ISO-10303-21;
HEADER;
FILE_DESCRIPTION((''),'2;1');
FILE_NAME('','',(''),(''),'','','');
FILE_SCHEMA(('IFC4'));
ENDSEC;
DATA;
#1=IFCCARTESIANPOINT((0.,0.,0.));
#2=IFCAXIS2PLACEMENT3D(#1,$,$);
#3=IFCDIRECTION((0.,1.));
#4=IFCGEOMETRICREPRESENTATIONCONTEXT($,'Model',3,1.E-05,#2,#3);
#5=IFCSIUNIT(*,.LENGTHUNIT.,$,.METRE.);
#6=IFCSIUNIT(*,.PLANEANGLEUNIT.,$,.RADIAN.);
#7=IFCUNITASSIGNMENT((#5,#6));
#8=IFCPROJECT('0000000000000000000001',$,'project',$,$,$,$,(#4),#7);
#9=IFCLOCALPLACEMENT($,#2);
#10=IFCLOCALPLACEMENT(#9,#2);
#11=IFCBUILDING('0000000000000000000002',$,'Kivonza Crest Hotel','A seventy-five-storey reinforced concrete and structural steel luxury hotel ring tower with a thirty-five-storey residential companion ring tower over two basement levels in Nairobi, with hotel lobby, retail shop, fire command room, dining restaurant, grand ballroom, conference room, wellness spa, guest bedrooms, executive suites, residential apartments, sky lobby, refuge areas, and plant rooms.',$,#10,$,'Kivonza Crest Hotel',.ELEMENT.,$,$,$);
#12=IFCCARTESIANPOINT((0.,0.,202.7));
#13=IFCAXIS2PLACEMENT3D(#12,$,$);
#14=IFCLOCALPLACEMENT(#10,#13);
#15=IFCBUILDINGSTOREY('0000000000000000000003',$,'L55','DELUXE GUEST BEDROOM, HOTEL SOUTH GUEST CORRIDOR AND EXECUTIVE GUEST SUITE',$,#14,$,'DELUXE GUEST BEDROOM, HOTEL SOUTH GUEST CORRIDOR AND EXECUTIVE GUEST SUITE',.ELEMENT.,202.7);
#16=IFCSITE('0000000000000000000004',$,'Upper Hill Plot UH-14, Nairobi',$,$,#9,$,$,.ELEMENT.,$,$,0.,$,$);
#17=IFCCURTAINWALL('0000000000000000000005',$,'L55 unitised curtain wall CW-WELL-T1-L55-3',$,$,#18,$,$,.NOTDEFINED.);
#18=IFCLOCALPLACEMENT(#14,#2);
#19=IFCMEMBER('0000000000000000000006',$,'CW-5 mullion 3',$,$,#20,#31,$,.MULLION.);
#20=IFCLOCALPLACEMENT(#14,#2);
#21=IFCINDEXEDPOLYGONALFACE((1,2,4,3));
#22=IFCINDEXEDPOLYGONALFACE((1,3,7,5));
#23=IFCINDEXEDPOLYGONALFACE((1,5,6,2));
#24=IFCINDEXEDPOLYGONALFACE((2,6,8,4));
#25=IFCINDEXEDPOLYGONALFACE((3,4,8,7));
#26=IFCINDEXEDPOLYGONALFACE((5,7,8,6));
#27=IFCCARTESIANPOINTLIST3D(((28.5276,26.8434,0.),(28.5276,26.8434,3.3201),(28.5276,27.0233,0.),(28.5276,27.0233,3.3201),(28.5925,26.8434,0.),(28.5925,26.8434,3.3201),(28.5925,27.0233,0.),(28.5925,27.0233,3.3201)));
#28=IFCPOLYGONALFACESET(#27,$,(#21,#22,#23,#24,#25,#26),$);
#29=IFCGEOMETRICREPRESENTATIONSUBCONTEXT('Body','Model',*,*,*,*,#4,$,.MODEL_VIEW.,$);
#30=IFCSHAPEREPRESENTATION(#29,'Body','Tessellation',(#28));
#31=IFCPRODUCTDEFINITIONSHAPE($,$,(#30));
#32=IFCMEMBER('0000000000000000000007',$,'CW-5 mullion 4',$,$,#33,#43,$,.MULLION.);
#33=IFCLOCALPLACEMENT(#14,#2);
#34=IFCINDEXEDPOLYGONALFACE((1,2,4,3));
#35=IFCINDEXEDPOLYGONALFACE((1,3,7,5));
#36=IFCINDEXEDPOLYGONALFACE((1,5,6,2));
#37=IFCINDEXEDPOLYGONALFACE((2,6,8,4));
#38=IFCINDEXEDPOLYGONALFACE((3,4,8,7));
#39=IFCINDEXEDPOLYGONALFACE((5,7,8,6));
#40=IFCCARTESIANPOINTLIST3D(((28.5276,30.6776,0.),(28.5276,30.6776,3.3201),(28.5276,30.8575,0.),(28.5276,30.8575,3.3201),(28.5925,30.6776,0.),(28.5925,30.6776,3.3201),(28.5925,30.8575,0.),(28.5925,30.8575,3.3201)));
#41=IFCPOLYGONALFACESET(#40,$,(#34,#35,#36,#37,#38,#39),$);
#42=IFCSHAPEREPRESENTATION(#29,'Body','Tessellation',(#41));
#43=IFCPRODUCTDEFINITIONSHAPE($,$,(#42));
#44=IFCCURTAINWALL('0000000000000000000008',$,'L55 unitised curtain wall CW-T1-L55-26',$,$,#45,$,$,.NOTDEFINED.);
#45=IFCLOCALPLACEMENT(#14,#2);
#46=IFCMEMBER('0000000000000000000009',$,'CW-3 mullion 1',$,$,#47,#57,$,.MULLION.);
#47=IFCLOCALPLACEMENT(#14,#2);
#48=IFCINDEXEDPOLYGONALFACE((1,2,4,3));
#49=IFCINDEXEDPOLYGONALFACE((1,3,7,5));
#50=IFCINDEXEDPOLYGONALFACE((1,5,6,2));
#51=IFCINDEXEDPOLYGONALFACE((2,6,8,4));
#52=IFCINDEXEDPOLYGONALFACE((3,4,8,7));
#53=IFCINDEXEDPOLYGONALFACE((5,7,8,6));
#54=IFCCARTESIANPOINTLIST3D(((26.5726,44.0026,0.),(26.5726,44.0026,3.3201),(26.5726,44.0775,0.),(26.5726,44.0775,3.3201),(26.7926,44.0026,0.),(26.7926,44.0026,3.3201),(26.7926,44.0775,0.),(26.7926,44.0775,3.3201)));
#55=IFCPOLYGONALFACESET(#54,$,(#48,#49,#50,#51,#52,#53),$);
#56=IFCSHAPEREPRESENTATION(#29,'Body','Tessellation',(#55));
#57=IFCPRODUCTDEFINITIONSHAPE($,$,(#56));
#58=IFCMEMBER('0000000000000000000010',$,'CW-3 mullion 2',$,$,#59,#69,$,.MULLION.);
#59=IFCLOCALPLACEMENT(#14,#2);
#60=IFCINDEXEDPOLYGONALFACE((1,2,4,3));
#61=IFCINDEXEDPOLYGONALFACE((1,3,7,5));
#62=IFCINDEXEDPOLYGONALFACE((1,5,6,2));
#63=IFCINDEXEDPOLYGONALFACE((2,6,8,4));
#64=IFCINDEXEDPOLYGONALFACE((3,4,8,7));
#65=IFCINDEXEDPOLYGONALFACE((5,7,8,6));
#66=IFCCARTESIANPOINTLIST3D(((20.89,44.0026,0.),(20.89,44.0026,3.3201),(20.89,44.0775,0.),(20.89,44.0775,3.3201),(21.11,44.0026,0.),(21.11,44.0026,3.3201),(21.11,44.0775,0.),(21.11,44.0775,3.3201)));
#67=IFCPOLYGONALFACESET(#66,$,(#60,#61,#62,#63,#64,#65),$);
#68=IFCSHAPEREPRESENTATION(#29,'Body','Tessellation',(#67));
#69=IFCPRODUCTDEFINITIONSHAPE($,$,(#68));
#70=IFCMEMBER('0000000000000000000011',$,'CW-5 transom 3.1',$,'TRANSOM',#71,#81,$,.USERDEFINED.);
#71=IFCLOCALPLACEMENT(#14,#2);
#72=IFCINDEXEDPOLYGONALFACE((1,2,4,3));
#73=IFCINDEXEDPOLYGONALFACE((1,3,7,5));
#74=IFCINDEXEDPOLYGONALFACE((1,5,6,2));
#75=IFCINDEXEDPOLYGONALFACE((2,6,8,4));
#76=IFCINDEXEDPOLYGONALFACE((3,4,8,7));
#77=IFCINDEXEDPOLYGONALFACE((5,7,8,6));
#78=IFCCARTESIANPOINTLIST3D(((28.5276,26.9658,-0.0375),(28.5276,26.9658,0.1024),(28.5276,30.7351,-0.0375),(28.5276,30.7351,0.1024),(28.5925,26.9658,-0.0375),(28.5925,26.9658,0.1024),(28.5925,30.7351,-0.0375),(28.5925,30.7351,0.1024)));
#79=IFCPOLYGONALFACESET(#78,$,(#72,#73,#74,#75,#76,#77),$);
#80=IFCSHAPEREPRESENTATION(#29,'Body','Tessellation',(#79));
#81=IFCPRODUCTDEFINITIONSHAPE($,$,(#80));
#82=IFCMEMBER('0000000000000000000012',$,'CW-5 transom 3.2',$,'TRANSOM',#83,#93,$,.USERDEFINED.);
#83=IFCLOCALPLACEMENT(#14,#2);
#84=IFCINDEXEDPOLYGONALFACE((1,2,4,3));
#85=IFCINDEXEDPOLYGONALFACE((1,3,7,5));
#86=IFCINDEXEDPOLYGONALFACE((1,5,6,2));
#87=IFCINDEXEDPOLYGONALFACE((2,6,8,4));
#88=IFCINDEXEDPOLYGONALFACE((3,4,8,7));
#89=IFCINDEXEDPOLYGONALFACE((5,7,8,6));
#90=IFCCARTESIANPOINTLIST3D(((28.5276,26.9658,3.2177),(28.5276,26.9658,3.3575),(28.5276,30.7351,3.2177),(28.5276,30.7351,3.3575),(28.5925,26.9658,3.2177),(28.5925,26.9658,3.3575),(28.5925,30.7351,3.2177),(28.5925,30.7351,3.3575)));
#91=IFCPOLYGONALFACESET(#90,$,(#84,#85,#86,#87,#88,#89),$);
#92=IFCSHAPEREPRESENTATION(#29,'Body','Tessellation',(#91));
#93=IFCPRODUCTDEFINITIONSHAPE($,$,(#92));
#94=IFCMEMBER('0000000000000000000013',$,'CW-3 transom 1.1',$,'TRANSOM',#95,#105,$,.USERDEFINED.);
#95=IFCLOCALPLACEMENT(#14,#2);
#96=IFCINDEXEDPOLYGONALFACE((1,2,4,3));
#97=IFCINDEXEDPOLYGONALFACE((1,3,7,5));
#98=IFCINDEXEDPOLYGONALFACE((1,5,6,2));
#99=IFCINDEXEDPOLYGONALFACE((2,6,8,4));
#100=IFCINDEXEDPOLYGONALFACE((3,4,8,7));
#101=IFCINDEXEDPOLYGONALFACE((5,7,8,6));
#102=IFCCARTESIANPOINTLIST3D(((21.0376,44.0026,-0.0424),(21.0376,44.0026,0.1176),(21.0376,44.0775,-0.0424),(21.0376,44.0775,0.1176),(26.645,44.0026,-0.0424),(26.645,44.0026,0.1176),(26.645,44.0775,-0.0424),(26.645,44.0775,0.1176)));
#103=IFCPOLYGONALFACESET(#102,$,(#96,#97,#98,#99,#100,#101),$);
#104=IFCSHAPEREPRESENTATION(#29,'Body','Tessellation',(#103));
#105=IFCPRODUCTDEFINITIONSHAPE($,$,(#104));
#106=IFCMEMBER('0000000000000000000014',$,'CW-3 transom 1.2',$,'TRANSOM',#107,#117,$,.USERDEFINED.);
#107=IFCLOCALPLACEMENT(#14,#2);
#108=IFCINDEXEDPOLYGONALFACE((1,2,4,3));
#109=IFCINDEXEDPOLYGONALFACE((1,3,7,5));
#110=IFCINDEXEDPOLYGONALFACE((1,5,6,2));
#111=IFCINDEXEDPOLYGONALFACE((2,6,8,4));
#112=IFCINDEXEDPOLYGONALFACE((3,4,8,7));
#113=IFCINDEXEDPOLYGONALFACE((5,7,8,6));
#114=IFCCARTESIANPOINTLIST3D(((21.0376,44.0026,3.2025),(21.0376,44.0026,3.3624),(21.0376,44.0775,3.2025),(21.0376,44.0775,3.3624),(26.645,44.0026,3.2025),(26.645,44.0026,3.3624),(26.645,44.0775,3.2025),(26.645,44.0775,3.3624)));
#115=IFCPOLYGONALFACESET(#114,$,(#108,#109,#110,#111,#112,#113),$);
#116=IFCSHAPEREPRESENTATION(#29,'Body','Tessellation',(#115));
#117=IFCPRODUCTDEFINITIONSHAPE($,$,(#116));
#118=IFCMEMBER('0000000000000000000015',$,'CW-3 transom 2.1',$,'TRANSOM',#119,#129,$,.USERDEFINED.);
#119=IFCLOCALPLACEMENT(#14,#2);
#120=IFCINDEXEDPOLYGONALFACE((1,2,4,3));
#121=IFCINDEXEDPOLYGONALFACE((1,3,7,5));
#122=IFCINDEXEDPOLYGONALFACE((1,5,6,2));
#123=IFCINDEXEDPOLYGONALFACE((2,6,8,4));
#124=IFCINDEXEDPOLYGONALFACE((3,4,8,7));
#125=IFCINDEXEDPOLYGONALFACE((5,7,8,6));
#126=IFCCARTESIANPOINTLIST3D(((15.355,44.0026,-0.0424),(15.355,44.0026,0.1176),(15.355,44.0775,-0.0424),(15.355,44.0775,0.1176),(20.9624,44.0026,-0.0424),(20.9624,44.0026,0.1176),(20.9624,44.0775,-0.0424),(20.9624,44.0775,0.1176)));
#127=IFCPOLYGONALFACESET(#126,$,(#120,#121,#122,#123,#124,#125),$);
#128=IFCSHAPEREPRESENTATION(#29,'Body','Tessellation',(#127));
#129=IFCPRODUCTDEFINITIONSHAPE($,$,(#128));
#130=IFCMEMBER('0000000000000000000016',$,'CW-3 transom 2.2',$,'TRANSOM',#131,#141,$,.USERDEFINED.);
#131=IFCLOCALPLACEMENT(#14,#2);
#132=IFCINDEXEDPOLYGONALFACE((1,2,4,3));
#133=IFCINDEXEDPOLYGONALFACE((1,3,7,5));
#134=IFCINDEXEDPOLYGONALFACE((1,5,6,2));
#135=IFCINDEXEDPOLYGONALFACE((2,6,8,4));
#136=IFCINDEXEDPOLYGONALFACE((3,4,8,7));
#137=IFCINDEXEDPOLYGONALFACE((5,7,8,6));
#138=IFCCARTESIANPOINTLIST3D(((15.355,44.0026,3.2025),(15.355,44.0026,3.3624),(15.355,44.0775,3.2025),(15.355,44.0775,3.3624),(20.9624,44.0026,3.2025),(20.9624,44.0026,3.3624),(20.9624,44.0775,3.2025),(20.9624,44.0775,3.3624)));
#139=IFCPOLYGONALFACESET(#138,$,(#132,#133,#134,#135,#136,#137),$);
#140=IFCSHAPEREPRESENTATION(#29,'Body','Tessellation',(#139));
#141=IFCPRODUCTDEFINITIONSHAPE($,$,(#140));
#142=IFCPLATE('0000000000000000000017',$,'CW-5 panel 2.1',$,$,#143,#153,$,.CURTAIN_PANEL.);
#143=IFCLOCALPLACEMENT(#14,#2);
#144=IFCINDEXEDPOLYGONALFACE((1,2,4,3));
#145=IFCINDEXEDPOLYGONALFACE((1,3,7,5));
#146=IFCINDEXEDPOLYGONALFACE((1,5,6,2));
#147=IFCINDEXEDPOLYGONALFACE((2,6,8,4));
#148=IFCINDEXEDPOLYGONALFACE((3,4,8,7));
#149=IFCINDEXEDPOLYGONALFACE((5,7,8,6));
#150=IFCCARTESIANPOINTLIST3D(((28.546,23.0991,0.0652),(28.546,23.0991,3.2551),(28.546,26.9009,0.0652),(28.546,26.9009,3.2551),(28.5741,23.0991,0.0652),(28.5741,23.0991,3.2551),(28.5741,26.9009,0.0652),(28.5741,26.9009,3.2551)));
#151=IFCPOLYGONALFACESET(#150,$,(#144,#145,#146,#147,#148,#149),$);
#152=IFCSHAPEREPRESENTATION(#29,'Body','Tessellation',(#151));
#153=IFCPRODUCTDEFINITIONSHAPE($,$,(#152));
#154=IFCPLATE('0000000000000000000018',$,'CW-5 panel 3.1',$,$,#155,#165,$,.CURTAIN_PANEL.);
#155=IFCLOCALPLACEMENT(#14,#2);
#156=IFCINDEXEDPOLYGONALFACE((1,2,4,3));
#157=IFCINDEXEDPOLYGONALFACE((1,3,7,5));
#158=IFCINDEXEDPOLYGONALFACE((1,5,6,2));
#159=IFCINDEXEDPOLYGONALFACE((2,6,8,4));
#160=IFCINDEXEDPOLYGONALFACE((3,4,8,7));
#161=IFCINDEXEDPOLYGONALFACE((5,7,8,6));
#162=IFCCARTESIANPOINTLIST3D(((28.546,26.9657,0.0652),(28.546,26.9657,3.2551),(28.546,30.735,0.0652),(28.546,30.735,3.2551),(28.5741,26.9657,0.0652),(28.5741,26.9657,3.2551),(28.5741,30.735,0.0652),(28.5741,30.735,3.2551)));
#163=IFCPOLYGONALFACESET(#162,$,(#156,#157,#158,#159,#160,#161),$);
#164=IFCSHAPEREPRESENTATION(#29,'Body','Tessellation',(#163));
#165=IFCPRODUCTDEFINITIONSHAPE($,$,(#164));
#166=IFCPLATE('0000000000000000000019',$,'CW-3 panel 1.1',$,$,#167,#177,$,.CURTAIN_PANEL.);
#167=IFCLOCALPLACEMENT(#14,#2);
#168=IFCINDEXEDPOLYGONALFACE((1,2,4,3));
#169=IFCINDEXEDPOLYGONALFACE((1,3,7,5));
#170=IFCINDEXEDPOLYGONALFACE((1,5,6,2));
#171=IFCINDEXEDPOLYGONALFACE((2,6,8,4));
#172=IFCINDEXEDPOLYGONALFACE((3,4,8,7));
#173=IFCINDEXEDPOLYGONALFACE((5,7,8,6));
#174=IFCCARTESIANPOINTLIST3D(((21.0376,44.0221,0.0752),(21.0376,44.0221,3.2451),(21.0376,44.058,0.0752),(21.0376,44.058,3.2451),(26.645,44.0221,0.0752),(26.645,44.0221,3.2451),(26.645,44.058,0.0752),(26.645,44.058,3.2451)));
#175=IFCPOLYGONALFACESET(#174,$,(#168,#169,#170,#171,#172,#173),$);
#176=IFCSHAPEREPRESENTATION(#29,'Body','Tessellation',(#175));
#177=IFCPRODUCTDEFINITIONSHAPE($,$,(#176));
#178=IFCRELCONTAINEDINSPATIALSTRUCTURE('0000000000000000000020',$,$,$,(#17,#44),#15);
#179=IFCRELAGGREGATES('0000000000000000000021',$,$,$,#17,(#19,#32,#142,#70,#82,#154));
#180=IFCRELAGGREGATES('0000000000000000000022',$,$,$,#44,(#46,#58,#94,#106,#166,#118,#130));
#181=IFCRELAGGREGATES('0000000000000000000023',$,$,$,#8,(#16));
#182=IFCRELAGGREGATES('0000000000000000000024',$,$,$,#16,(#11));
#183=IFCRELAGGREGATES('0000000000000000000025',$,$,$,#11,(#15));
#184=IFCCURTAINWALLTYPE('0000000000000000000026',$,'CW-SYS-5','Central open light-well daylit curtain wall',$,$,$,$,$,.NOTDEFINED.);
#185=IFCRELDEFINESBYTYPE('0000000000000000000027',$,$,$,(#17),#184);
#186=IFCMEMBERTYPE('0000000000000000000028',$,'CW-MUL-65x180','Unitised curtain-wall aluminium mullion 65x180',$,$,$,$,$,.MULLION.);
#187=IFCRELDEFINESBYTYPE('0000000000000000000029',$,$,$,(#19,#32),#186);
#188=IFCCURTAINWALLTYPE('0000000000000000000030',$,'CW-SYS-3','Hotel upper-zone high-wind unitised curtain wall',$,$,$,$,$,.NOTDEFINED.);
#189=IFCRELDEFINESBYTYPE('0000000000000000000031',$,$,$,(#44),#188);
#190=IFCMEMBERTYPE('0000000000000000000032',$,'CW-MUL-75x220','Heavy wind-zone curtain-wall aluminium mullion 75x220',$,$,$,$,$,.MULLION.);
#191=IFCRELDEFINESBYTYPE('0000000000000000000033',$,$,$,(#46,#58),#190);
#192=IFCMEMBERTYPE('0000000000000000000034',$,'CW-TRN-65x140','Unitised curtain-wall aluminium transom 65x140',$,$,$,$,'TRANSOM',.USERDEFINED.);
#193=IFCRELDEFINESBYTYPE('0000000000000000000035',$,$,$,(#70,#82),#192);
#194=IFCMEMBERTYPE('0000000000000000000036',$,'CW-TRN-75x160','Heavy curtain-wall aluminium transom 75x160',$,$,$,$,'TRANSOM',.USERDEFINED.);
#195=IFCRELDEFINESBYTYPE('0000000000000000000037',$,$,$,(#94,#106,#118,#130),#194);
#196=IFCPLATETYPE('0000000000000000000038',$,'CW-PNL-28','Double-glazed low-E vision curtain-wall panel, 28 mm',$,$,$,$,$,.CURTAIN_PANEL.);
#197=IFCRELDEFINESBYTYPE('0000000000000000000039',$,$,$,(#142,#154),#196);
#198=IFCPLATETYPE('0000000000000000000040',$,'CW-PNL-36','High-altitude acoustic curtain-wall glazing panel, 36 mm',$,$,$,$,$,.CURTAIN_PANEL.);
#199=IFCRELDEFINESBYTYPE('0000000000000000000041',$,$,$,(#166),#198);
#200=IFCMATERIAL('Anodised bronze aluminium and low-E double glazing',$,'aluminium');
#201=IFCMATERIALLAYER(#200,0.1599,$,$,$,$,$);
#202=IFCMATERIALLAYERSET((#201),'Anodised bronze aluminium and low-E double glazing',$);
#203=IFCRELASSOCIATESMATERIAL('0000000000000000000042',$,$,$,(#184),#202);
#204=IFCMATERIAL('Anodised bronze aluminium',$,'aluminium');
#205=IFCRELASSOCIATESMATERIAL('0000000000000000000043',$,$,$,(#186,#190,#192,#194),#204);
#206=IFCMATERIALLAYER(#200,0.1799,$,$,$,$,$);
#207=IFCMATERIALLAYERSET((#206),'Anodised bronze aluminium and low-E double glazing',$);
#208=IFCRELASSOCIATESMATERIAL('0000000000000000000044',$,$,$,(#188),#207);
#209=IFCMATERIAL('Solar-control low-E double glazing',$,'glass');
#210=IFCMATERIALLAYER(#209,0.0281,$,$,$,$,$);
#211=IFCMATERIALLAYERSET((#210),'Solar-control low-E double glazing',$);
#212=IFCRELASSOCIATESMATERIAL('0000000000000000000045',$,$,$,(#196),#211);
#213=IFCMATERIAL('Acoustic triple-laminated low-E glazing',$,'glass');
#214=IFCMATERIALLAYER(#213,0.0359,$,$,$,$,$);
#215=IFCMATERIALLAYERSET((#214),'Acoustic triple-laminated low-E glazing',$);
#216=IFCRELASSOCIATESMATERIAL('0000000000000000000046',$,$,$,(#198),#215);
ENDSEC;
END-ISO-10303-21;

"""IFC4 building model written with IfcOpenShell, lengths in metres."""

from ifc_helpers import new_model, si_unit, direction, frame, origin, origin_2d, place, context, subcontext, project, spatial, rectangle, extrude, material, layer, layer_set, material_profile, profile_set, type_object, element, aggregate, save


model = new_model("IFC4")

# Units and contexts
model_context = context("Model", 3, precision=1e-05, world=origin(), true_north=direction((0.0, 1.0)))
body_context = subcontext(model_context, "Body", "Model", "MODEL_VIEW")
ifc_project = project(units=[si_unit("LENGTHUNIT", "METRE"), si_unit("PLANEANGLEUNIT", "RADIAN")], contexts=[model_context])

# Site, building, storey
site_placement = place(None, origin())
site = spatial("IfcSite", under=ifc_project, at=site_placement, Name="Upper Hill Plot UH-14, Nairobi", CompositionType="ELEMENT", RefElevation=0.0)
building_placement = place(site_placement, origin())
building = spatial("IfcBuilding", under=site, at=building_placement, Name="Kivonza Crest Hotel", Description="A seventy-five-storey reinforced concrete and structural steel luxury hotel ring tower with a thirty-five-storey residential companion ring tower over two basement levels in Nairobi, with hotel lobby, retail shop, fire command room, dining restaurant, grand ballroom, conference room, wellness spa, guest bedrooms, executive suites, residential apartments, sky lobby, refuge areas, and plant rooms.", LongName="Kivonza Crest Hotel", CompositionType="ELEMENT")
storey_placement = place(building_placement, frame((0.0, 0.0, 202.7)))
storey = spatial("IfcBuildingStorey", under=building, at=storey_placement, Name="L55", Description="DELUXE GUEST BEDROOM, HOTEL SOUTH GUEST CORRIDOR AND EXECUTIVE GUEST SUITE", LongName="DELUXE GUEST BEDROOM, HOTEL SOUTH GUEST CORRIDOR AND EXECUTIVE GUEST SUITE", CompositionType="ELEMENT", Elevation=202.7)

# Curtain walls, members
ifc_material_1 = material(Name="Anodised bronze aluminium and low-E double glazing", Category="aluminium")
ifc_layer_1 = layer(ifc_material_1, 0.1599)
ifc_layer_set_1 = layer_set([ifc_layer_1], Name="Anodised bronze aluminium and low-E double glazing")
curtain_wall_type_1 = type_object("IfcCurtainWallType", Name="CW-SYS-5", Description="Central open light-well daylit curtain wall", PredefinedType="NOTDEFINED", material=ifc_layer_set_1)
curtain_wall_1_placement = place(storey_placement, origin())
curtain_wall_1 = element("IfcCurtainWall", 1, at=curtain_wall_1_placement, inside=storey, type_object=curtain_wall_type_1, Name="L55 unitised curtain wall CW-WELL-T1-L55-3", PredefinedType="NOTDEFINED")
ifc_material_2 = material(Name="Anodised bronze aluminium", Category="aluminium")
ifc_material_profile_1 = material_profile(ifc_material_2, rectangle(XDim=0.0649, YDim=0.1799, at=origin_2d()), Name="CW-M 65x180")
ifc_profile_set_1 = profile_set([ifc_material_profile_1], Name="Anodised bronze aluminium")
member_type_1 = type_object("IfcMemberType", Name="CW-MUL-65x180", Description="Unitised curtain-wall aluminium mullion 65x180", PredefinedType="MULLION", material=ifc_profile_set_1)
member_1_placement = place(storey_placement, frame((28.5601, 26.9333, 0.0), z_axis=(0.0, 0.0, 1.0), x_axis=(-1.0, 0.0, 0.0)))
member_1 = element("IfcMember", 2, at=member_1_placement, type_object=member_type_1, Name="CW-5 mullion 3", PredefinedType="MULLION", context=body_context, shape_type="SweptSolid", body=[
    extrude(rectangle(XDim=0.0649, YDim=0.1799, at=origin_2d()), origin(), (0.0, 0.0, 1.0), 3.3201),
])
member_2_placement = place(storey_placement, frame((28.5601, 30.7676, 0.0), z_axis=(0.0, 0.0, 1.0), x_axis=(-1.0, 0.0, 0.0)))
member_2 = element("IfcMember", 3, at=member_2_placement, type_object=member_type_1, Name="CW-5 mullion 4", PredefinedType="MULLION", context=body_context, shape_type="SweptSolid", body=[
    extrude(rectangle(XDim=0.0649, YDim=0.1799, at=origin_2d()), origin(), (0.0, 0.0, 1.0), 3.3201),
])
ifc_layer_2 = layer(ifc_material_1, 0.1799)
ifc_layer_set_2 = layer_set([ifc_layer_2], Name="Anodised bronze aluminium and low-E double glazing")
curtain_wall_type_2 = type_object("IfcCurtainWallType", Name="CW-SYS-3", Description="Hotel upper-zone high-wind unitised curtain wall", PredefinedType="NOTDEFINED", material=ifc_layer_set_2)
curtain_wall_2_placement = place(storey_placement, origin())
curtain_wall_2 = element("IfcCurtainWall", 4, at=curtain_wall_2_placement, inside=storey, type_object=curtain_wall_type_2, Name="L55 unitised curtain wall CW-T1-L55-26", PredefinedType="NOTDEFINED")
ifc_material_profile_2 = material_profile(ifc_material_2, rectangle(XDim=0.075, YDim=0.22, at=origin_2d()), Name="CW-M 75x220")
ifc_profile_set_2 = profile_set([ifc_material_profile_2], Name="Anodised bronze aluminium")
member_type_2 = type_object("IfcMemberType", Name="CW-MUL-75x220", Description="Heavy wind-zone curtain-wall aluminium mullion 75x220", PredefinedType="MULLION", material=ifc_profile_set_2)
member_3_placement = place(storey_placement, frame((26.6826, 44.04, 0.0), z_axis=(0.0, 0.0, 1.0), x_axis=(0.0, -1.0, 0.0)))
member_3 = element("IfcMember", 5, at=member_3_placement, type_object=member_type_2, Name="CW-3 mullion 1", PredefinedType="MULLION", context=body_context, shape_type="SweptSolid", body=[
    extrude(rectangle(XDim=0.075, YDim=0.22, at=origin_2d()), origin(), (0.0, 0.0, 1.0), 3.3201),
])
member_4_placement = place(storey_placement, frame((21.0, 44.04, 0.0), z_axis=(0.0, 0.0, 1.0), x_axis=(0.0, -1.0, 0.0)))
member_4 = element("IfcMember", 6, at=member_4_placement, type_object=member_type_2, Name="CW-3 mullion 2", PredefinedType="MULLION", context=body_context, shape_type="SweptSolid", body=[
    extrude(rectangle(XDim=0.075, YDim=0.22, at=origin_2d()), origin(), (0.0, 0.0, 1.0), 3.3201),
])

# Members
ifc_material_profile_3 = material_profile(ifc_material_2, rectangle(XDim=0.0649, YDim=0.1399, at=origin_2d()), Name="CW-T 65x140")
ifc_profile_set_3 = profile_set([ifc_material_profile_3], Name="Anodised bronze aluminium")
member_type_3 = type_object("IfcMemberType", Name="CW-TRN-65x140", Description="Unitised curtain-wall aluminium transom 65x140", ElementType="TRANSOM", PredefinedType="USERDEFINED", material=ifc_profile_set_3)
member_5_placement = place(storey_placement, frame((28.5601, 26.9658, 0.0325), z_axis=(0.0, 1.0, 0.0), x_axis=(-1.0, 0.0, 0.0)))
member_5 = element("IfcMember", 7, at=member_5_placement, type_object=member_type_3, Name="CW-5 transom 3.1", ObjectType="TRANSOM", PredefinedType="USERDEFINED", context=body_context, shape_type="SweptSolid", body=[
    extrude(rectangle(XDim=0.0649, YDim=0.1399, at=origin_2d()), origin(), (0.0, 0.0, 1.0), 3.7693),
])
member_6_placement = place(storey_placement, frame((28.5601, 26.9658, 3.2876), z_axis=(0.0, 1.0, 0.0), x_axis=(-1.0, 0.0, 0.0)))
member_6 = element("IfcMember", 8, at=member_6_placement, type_object=member_type_3, Name="CW-5 transom 3.2", ObjectType="TRANSOM", PredefinedType="USERDEFINED", context=body_context, shape_type="SweptSolid", body=[
    extrude(rectangle(XDim=0.0649, YDim=0.1399, at=origin_2d()), origin(), (0.0, 0.0, 1.0), 3.7693),
])
ifc_material_profile_4 = material_profile(ifc_material_2, rectangle(XDim=0.075, YDim=0.1599, at=origin_2d()), Name="CW-T 75x160")
ifc_profile_set_4 = profile_set([ifc_material_profile_4], Name="Anodised bronze aluminium")
member_type_4 = type_object("IfcMemberType", Name="CW-TRN-75x160", Description="Heavy curtain-wall aluminium transom 75x160", ElementType="TRANSOM", PredefinedType="USERDEFINED", material=ifc_profile_set_4)
member_7_placement = place(storey_placement, frame((26.645, 44.04, 0.0376), z_axis=(-1.0, 0.0, 0.0), x_axis=(0.0, -1.0, 0.0)))
member_7 = element("IfcMember", 9, at=member_7_placement, type_object=member_type_4, Name="CW-3 transom 1.1", ObjectType="TRANSOM", PredefinedType="USERDEFINED", context=body_context, shape_type="SweptSolid", body=[
    extrude(rectangle(XDim=0.075, YDim=0.1599, at=origin_2d()), origin(), (0.0, 0.0, 1.0), 5.6074),
])
member_8_placement = place(storey_placement, frame((26.645, 44.04, 3.2825), z_axis=(-1.0, 0.0, 0.0), x_axis=(0.0, -1.0, 0.0)))
member_8 = element("IfcMember", 10, at=member_8_placement, type_object=member_type_4, Name="CW-3 transom 1.2", ObjectType="TRANSOM", PredefinedType="USERDEFINED", context=body_context, shape_type="SweptSolid", body=[
    extrude(rectangle(XDim=0.075, YDim=0.1599, at=origin_2d()), origin(), (0.0, 0.0, 1.0), 5.6074),
])
member_9_placement = place(storey_placement, frame((20.9624, 44.04, 0.0376), z_axis=(-1.0, 0.0, 0.0), x_axis=(0.0, -1.0, 0.0)))
member_9 = element("IfcMember", 11, at=member_9_placement, type_object=member_type_4, Name="CW-3 transom 2.1", ObjectType="TRANSOM", PredefinedType="USERDEFINED", context=body_context, shape_type="SweptSolid", body=[
    extrude(rectangle(XDim=0.075, YDim=0.1599, at=origin_2d()), origin(), (0.0, 0.0, 1.0), 5.6074),
])
member_10_placement = place(storey_placement, frame((20.9624, 44.04, 3.2825), z_axis=(-1.0, 0.0, 0.0), x_axis=(0.0, -1.0, 0.0)))
member_10 = element("IfcMember", 12, at=member_10_placement, type_object=member_type_4, Name="CW-3 transom 2.2", ObjectType="TRANSOM", PredefinedType="USERDEFINED", context=body_context, shape_type="SweptSolid", body=[
    extrude(rectangle(XDim=0.075, YDim=0.1599, at=origin_2d()), origin(), (0.0, 0.0, 1.0), 5.6074),
])

# Plates
ifc_material_3 = material(Name="Solar-control low-E double glazing", Category="glass")
ifc_layer_3 = layer(ifc_material_3, 0.0281)
ifc_layer_set_3 = layer_set([ifc_layer_3], Name="Solar-control low-E double glazing")
plate_type_1 = type_object("IfcPlateType", Name="CW-PNL-28", Description="Double-glazed low-E vision curtain-wall panel, 28 mm", PredefinedType="CURTAIN_PANEL", material=ifc_layer_set_3)
plate_1_placement = place(storey_placement, frame((28.5601, 25.0, 0.0652), z_axis=(0.0, 0.0, 1.0), x_axis=(0.0, 1.0, 0.0)))
plate_1 = element("IfcPlate", 13, at=plate_1_placement, type_object=plate_type_1, Name="CW-5 panel 2.1", PredefinedType="CURTAIN_PANEL", context=body_context, shape_type="SweptSolid", body=[
    extrude(rectangle(XDim=3.8018, YDim=0.0281, at=origin_2d()), origin(), (0.0, 0.0, 1.0), 3.1899),
])
plate_2_placement = place(storey_placement, frame((28.5601, 28.8503, 0.0652), z_axis=(0.0, 0.0, 1.0), x_axis=(0.0, 1.0, 0.0)))
plate_2 = element("IfcPlate", 14, at=plate_2_placement, type_object=plate_type_1, Name="CW-5 panel 3.1", PredefinedType="CURTAIN_PANEL", context=body_context, shape_type="SweptSolid", body=[
    extrude(rectangle(XDim=3.7693, YDim=0.0281, at=origin_2d()), origin(), (0.0, 0.0, 1.0), 3.1899),
])
aggregate(curtain_wall_1, [member_1, member_2, plate_1, member_5, member_6, plate_2])
ifc_material_4 = material(Name="Acoustic triple-laminated low-E glazing", Category="glass")
ifc_layer_4 = layer(ifc_material_4, 0.0359)
ifc_layer_set_4 = layer_set([ifc_layer_4], Name="Acoustic triple-laminated low-E glazing")
plate_type_2 = type_object("IfcPlateType", Name="CW-PNL-36", Description="High-altitude acoustic curtain-wall glazing panel, 36 mm", PredefinedType="CURTAIN_PANEL", material=ifc_layer_set_4)
plate_3_placement = place(storey_placement, frame((23.8413, 44.04, 0.0752), z_axis=(0.0, 0.0, 1.0), x_axis=(-1.0, 0.0, 0.0)))
plate_3 = element("IfcPlate", 15, at=plate_3_placement, type_object=plate_type_2, Name="CW-3 panel 1.1", PredefinedType="CURTAIN_PANEL", context=body_context, shape_type="SweptSolid", body=[
    extrude(rectangle(XDim=5.6074, YDim=0.0359, at=origin_2d()), origin(), (0.0, 0.0, 1.0), 3.1699),
])
aggregate(curtain_wall_2, [member_3, member_4, member_7, member_8, plate_3, member_9, member_10])

save(model, "model.ifc")
